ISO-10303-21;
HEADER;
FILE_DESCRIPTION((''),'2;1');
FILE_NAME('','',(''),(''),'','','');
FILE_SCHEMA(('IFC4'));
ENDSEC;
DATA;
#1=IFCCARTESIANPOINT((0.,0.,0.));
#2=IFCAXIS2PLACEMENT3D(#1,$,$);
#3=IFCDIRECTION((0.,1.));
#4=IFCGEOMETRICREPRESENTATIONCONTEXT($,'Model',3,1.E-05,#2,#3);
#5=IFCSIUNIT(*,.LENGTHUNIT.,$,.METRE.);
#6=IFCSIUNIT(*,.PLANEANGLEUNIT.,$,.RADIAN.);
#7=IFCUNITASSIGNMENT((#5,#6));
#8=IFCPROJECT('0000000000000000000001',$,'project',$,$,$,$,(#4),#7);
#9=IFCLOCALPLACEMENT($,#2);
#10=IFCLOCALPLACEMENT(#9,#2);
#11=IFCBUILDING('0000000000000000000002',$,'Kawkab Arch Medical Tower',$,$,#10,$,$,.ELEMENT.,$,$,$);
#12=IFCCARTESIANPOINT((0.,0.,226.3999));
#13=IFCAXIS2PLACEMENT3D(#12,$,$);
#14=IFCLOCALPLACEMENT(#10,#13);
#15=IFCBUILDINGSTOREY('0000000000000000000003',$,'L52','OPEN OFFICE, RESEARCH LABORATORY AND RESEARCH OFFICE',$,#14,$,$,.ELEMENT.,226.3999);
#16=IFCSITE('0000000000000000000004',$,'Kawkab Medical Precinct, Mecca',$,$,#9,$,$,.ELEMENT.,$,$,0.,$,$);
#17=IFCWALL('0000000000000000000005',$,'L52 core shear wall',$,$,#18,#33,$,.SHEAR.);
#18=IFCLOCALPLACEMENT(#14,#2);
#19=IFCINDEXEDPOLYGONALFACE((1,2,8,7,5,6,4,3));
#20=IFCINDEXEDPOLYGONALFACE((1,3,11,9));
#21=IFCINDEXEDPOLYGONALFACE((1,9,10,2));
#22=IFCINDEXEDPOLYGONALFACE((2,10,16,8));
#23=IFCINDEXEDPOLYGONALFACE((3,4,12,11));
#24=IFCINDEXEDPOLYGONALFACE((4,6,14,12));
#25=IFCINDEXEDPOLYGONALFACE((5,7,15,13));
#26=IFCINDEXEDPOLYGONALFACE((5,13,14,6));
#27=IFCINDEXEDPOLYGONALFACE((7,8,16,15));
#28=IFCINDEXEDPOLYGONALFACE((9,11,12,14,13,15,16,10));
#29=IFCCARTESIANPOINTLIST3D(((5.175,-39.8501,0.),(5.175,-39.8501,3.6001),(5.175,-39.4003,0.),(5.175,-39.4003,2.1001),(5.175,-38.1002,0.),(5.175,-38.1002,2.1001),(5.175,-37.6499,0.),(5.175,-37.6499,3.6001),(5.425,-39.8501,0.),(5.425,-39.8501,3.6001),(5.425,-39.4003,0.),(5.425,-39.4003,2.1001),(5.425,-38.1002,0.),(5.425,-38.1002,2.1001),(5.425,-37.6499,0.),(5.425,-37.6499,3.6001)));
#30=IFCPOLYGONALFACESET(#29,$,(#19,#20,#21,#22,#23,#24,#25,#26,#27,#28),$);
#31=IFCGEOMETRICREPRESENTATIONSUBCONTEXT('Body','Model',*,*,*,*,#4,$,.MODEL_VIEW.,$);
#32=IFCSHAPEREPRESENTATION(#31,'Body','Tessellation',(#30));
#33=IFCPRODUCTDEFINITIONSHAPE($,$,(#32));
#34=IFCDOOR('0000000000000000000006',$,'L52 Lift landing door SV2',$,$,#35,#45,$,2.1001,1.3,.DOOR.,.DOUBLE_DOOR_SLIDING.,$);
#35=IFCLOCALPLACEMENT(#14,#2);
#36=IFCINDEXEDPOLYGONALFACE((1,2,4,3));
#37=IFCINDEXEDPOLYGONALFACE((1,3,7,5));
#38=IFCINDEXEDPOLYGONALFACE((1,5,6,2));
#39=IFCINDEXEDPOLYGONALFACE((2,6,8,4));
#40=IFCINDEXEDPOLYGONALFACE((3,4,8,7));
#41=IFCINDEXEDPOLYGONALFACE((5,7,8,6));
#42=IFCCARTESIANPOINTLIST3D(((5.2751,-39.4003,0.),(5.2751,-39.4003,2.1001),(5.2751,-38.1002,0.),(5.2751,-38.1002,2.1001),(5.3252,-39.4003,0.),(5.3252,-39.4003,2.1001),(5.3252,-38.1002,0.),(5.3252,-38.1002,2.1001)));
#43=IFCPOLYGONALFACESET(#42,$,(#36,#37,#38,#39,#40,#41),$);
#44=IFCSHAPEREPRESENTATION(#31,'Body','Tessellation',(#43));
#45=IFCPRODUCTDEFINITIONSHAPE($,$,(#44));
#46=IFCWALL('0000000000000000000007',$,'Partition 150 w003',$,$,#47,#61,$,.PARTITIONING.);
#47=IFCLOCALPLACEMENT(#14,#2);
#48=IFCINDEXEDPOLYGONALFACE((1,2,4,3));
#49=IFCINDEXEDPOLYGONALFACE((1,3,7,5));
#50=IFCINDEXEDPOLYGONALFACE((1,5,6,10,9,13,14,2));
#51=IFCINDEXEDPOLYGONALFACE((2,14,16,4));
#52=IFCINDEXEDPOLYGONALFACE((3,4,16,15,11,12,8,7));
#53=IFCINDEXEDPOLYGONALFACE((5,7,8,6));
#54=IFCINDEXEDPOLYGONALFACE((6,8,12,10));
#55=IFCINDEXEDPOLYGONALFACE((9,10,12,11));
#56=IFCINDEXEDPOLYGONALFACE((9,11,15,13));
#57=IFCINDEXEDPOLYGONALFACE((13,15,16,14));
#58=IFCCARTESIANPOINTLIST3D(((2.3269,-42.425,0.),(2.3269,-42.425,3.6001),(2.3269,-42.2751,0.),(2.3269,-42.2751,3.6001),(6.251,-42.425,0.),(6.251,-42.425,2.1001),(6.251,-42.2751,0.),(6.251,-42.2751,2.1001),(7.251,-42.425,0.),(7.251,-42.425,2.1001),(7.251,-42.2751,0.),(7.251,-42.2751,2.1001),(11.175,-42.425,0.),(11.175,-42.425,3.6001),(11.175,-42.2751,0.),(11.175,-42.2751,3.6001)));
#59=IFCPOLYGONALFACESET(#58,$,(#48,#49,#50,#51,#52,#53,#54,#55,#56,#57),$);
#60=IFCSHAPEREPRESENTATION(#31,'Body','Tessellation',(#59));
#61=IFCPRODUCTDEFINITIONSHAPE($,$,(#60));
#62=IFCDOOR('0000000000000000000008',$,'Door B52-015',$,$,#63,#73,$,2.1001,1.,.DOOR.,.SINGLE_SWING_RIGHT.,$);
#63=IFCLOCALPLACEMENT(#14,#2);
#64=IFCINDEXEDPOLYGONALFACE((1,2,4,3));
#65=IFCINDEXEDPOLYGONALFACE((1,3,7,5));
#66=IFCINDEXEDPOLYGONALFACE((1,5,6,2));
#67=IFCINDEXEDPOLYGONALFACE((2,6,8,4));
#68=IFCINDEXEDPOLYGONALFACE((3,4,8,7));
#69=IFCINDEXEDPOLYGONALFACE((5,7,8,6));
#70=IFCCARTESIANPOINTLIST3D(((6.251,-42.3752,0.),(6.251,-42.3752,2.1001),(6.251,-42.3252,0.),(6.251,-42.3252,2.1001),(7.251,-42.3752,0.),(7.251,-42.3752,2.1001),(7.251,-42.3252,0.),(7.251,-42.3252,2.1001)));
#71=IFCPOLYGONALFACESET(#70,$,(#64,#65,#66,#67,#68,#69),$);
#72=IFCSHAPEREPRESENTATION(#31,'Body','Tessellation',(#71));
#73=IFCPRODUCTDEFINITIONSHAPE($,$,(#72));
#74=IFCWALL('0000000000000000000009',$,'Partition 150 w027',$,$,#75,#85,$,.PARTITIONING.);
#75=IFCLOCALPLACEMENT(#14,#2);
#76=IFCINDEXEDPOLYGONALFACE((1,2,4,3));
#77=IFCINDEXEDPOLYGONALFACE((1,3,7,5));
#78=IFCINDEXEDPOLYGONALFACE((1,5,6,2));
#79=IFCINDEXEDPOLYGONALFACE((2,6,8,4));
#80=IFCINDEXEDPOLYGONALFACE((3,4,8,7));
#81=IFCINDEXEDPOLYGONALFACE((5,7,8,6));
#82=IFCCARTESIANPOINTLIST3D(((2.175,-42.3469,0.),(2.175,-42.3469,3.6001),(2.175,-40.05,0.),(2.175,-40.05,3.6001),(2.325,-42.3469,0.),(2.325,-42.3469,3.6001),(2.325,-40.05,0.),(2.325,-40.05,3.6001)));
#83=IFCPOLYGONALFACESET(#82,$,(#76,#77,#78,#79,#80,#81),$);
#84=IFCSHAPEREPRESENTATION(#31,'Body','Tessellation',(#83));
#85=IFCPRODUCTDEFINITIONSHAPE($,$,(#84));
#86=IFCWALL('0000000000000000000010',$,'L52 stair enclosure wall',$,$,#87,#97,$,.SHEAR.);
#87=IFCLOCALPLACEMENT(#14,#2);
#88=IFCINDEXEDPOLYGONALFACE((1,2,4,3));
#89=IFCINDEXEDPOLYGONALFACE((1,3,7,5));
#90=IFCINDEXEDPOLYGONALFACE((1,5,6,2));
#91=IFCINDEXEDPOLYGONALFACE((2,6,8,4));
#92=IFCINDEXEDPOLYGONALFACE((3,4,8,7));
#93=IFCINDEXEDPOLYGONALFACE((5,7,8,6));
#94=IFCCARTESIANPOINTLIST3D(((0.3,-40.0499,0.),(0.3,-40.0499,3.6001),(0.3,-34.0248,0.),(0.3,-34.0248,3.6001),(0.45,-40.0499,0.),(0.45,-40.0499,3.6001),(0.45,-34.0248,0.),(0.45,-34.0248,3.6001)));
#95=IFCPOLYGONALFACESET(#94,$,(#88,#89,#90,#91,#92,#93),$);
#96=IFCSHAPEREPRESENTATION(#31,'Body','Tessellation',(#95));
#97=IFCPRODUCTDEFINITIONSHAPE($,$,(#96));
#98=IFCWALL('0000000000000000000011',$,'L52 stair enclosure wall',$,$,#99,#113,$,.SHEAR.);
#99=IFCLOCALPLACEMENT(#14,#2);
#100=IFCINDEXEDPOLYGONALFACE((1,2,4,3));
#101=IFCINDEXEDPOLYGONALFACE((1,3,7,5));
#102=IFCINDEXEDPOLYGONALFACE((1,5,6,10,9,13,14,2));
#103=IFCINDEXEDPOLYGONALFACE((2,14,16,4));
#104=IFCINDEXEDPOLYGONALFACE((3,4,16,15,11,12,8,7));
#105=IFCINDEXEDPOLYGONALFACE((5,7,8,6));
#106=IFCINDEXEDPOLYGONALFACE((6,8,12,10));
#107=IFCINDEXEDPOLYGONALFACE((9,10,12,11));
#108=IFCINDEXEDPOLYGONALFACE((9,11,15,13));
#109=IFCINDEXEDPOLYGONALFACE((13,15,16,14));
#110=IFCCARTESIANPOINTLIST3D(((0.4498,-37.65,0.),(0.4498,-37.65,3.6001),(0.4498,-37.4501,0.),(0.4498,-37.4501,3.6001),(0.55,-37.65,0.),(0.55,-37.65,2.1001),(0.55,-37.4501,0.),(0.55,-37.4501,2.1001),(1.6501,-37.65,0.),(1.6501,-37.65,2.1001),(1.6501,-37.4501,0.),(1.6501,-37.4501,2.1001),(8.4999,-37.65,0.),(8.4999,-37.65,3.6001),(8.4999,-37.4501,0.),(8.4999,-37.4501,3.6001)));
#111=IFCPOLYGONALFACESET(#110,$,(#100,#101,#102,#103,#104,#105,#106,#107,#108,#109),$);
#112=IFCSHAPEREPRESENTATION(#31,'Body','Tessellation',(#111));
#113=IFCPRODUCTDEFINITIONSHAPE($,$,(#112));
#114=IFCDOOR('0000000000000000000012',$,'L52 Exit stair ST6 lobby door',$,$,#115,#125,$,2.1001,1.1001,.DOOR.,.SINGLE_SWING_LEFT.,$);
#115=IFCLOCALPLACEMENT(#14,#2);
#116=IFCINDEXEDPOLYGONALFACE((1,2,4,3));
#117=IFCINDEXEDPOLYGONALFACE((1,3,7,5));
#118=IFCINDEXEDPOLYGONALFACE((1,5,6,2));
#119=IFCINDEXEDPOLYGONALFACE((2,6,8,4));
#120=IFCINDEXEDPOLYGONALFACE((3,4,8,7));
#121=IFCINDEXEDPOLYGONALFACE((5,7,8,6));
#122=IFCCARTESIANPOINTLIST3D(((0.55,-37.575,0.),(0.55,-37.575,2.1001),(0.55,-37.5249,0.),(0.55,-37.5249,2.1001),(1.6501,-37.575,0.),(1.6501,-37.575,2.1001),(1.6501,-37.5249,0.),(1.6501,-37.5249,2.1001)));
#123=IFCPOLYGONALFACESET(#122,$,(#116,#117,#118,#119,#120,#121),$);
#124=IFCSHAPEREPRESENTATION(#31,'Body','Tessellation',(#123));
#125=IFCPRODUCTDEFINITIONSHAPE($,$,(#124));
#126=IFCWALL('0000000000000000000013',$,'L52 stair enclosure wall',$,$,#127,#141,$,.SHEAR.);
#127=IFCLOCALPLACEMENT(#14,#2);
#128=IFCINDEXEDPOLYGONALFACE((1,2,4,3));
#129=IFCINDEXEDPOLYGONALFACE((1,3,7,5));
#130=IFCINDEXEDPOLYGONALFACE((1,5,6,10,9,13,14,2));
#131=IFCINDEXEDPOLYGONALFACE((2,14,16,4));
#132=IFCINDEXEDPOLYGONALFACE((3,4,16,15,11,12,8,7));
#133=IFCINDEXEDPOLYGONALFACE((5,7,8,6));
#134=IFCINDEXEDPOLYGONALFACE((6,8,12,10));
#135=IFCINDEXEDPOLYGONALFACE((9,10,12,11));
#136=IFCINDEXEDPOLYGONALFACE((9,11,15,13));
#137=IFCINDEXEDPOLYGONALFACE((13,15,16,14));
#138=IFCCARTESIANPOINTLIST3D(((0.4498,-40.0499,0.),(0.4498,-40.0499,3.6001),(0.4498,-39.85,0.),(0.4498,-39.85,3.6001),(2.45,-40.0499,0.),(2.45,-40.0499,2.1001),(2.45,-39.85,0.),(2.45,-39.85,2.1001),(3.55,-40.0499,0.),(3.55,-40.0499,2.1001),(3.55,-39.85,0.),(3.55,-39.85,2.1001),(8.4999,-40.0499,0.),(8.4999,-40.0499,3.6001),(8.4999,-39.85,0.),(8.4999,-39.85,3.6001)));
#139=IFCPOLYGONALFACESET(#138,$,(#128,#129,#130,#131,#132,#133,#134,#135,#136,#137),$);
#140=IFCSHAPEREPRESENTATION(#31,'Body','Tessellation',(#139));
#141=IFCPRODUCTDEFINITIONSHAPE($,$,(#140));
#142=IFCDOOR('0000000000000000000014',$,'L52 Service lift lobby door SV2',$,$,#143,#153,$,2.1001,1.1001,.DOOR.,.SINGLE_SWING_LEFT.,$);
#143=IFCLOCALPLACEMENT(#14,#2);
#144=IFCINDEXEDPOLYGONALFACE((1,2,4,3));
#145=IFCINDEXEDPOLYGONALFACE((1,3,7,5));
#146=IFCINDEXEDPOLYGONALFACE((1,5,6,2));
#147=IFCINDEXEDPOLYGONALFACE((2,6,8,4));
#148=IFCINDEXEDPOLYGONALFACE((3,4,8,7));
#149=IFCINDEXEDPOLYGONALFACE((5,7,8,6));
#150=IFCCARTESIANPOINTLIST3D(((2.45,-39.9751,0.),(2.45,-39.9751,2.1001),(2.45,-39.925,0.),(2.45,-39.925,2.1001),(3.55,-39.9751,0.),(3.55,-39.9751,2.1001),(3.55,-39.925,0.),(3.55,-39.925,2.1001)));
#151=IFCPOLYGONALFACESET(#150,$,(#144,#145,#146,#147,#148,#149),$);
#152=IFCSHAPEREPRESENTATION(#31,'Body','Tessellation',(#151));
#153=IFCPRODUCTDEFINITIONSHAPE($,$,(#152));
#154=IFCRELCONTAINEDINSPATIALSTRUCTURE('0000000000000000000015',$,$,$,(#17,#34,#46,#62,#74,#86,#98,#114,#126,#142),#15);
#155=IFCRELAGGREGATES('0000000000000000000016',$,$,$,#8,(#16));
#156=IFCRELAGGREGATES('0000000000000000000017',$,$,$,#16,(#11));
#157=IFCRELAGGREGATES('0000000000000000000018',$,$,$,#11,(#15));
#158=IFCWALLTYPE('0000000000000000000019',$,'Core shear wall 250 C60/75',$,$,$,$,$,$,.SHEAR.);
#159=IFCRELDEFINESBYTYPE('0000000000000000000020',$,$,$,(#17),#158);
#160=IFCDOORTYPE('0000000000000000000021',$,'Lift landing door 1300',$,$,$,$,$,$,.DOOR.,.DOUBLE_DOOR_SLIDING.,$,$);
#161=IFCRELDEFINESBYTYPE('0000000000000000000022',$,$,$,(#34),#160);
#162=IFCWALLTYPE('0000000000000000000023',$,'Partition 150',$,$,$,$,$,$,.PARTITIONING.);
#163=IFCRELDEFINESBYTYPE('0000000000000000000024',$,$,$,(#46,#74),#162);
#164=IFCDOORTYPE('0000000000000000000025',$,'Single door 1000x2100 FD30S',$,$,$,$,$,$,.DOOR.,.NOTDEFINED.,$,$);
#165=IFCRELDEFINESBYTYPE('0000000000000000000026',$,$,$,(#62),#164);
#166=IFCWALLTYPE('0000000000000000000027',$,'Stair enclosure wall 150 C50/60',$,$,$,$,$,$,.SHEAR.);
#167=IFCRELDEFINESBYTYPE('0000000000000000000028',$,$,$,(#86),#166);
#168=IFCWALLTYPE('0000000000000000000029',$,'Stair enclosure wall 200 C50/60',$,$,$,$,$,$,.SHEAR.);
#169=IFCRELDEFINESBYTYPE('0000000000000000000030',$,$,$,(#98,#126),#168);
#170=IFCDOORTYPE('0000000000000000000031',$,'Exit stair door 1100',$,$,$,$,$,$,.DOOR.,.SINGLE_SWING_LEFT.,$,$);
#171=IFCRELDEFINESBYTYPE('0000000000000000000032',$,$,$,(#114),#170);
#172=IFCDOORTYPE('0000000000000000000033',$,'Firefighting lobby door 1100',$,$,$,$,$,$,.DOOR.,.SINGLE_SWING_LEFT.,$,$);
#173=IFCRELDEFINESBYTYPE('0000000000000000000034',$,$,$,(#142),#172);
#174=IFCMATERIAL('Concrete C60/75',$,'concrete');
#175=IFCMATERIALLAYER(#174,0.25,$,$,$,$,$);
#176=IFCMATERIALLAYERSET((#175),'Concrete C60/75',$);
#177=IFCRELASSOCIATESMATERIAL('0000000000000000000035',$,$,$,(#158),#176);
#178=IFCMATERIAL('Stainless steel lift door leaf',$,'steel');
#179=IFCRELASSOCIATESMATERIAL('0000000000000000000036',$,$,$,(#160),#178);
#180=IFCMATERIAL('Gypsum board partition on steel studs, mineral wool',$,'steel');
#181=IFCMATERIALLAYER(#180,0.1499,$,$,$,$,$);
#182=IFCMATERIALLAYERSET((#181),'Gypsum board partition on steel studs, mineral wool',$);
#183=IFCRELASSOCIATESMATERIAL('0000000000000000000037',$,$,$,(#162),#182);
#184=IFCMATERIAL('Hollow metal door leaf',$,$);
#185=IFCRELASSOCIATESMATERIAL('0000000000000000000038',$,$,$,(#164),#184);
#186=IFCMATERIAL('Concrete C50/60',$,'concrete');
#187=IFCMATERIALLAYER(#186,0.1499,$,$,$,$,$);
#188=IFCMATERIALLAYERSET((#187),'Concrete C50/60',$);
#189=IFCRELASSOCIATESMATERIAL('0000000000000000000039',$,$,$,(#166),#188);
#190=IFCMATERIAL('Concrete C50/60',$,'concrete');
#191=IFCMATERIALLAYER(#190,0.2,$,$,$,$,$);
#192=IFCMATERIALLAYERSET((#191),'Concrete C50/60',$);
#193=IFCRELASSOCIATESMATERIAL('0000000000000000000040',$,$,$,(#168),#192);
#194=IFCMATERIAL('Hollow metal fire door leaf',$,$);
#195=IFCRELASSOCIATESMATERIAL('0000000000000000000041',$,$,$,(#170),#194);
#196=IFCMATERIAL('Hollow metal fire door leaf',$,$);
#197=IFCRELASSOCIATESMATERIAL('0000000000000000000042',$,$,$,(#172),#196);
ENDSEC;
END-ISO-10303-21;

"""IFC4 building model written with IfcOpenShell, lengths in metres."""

from ifc_helpers import new_model, si_unit, direction, frame, frame_2d, origin, place, context, subcontext, project, spatial, rectangle, extrude, material, layer, layer_set, type_object, element, fill, save


model = new_model("IFC4")

# Units and contexts
model_context = context("Model", 3, precision=1e-05, world=origin(), true_north=direction((0.0, 1.0)))
body_context = subcontext(model_context, "Body", "Model", "MODEL_VIEW")
ifc_project = project(units=[si_unit("LENGTHUNIT", "METRE"), si_unit("PLANEANGLEUNIT", "RADIAN")], contexts=[model_context])

# Site, building, storey
site_placement = place(None, origin())
site = spatial("IfcSite", under=ifc_project, at=site_placement, Name="Kawkab Medical Precinct, Mecca", CompositionType="ELEMENT", RefElevation=0.0)
building_placement = place(site_placement, origin())
building = spatial("IfcBuilding", under=site, at=building_placement, Name="Kawkab Arch Medical Tower", CompositionType="ELEMENT")
storey_placement = place(building_placement, frame((0.0, 0.0, 226.3999)))
storey = spatial("IfcBuildingStorey", under=building, at=storey_placement, Name="L52", Description="OPEN OFFICE, RESEARCH LABORATORY AND RESEARCH OFFICE", CompositionType="ELEMENT", Elevation=226.3999)

# Walls, openings, doors
ifc_material_1 = material(Name="Concrete C60/75", Category="concrete")
ifc_layer_1 = layer(ifc_material_1, 0.25)
ifc_layer_set_1 = layer_set([ifc_layer_1], Name="Concrete C60/75")
wall_type_1 = type_object("IfcWallType", Name="Core shear wall 250 C60/75", PredefinedType="SHEAR", material=ifc_layer_set_1)
wall_1_placement = place(storey_placement, frame((5.3, -39.8501, 0.0), z_axis=(0.0, 0.0, 1.0), x_axis=(0.0, 1.0, 0.0)))
wall_1 = element("IfcWall", 1, at=wall_1_placement, inside=storey, type_object=wall_type_1, Name="L52 core shear wall", PredefinedType="SHEAR", context=body_context, shape_type="SweptSolid", body=[
    extrude(rectangle(XDim=2.2002, YDim=0.25, at=frame_2d((1.1001, 0.0))), origin(), (0.0, 0.0, 1.0), 3.6001),
])
opening_1_placement = place(wall_1_placement, frame((0.45, 0.0, 0.0)))
opening_1 = element("IfcOpeningElement", 2, at=opening_1_placement, cuts=wall_1, PredefinedType="OPENING", context=body_context, shape_type="SweptSolid", body=[
    extrude(rectangle(XDim=1.3, YDim=2.1001, at=frame_2d((0.6499, 1.05))), frame((0.0, 0.135, 0.0), z_axis=(0.0, -1.0, 0.0), x_axis=(1.0, 0.0, 0.0)), (0.0, 0.0, 1.0), 0.27),
])
ifc_material_2 = material(Name="Stainless steel lift door leaf", Category="steel")
door_type_1 = type_object("IfcDoorType", Name="Lift landing door 1300", OperationType="DOUBLE_DOOR_SLIDING", PredefinedType="DOOR", material=ifc_material_2)
door_1_placement = place(opening_1_placement, origin())
door_1 = element("IfcDoor", 3, at=door_1_placement, inside=storey, type_object=door_type_1, Name="L52 Lift landing door SV2", OperationType="DOUBLE_DOOR_SLIDING", OverallHeight=2.1001, OverallWidth=1.3, PredefinedType="DOOR", context=body_context, shape_type="SweptSolid", body=[
    extrude(rectangle(XDim=1.3, YDim=2.1001, at=frame_2d((0.6499, 1.05))), frame((0.0, 0.0249, 0.0), z_axis=(0.0, -1.0, 0.0), x_axis=(1.0, 0.0, 0.0)), (0.0, 0.0, 1.0), 0.05),
])
fill(opening_1, door_1)
ifc_material_3 = material(Name="Gypsum board partition on steel studs, mineral wool", Category="steel")
ifc_layer_2 = layer(ifc_material_3, 0.1499)
ifc_layer_set_2 = layer_set([ifc_layer_2], Name="Gypsum board partition on steel studs, mineral wool")
wall_type_2 = type_object("IfcWallType", Name="Partition 150", PredefinedType="PARTITIONING", material=ifc_layer_set_2)
wall_2_placement = place(storey_placement, frame((2.3269, -42.3501, 0.0), z_axis=(0.0, 0.0, 1.0), x_axis=(1.0, 0.0, 0.0)))
wall_2 = element("IfcWall", 4, at=wall_2_placement, inside=storey, type_object=wall_type_2, Name="Partition 150 w003", PredefinedType="PARTITIONING", context=body_context, shape_type="SweptSolid", body=[
    extrude(rectangle(XDim=8.8481, YDim=0.1499, at=frame_2d((4.4241, 0.0))), origin(), (0.0, 0.0, 1.0), 3.6001),
])
opening_2_placement = place(wall_2_placement, frame((3.9241, 0.0, 0.0)))
opening_2 = element("IfcOpeningElement", 5, at=opening_2_placement, cuts=wall_2, PredefinedType="OPENING", context=body_context, shape_type="SweptSolid", body=[
    extrude(rectangle(XDim=1.0, YDim=2.1001, at=frame_2d((0.5, 1.05))), frame((0.0, 0.085, 0.0), z_axis=(0.0, -1.0, 0.0), x_axis=(1.0, 0.0, 0.0)), (0.0, 0.0, 1.0), 0.1699),
])
ifc_material_4 = material(Name="Hollow metal door leaf")
door_type_2 = type_object("IfcDoorType", Name="Single door 1000x2100 FD30S", OperationType="NOTDEFINED", PredefinedType="DOOR", material=ifc_material_4)
door_2_placement = place(opening_2_placement, origin())
door_2 = element("IfcDoor", 6, at=door_2_placement, inside=storey, type_object=door_type_2, Name="Door B52-015", OperationType="SINGLE_SWING_RIGHT", OverallHeight=2.1001, OverallWidth=1.0, PredefinedType="DOOR", context=body_context, shape_type="SweptSolid", body=[
    extrude(rectangle(XDim=1.0, YDim=2.1001, at=frame_2d((0.5, 1.05))), frame((0.0, 0.0249, 0.0), z_axis=(0.0, -1.0, 0.0), x_axis=(1.0, 0.0, 0.0)), (0.0, 0.0, 1.0), 0.05),
])
fill(opening_2, door_2)

# Walls
wall_3_placement = place(storey_placement, frame((2.25, -42.3469, 0.0), z_axis=(0.0, 0.0, 1.0), x_axis=(0.0, 1.0, 0.0)))
element("IfcWall", 7, at=wall_3_placement, inside=storey, type_object=wall_type_2, Name="Partition 150 w027", PredefinedType="PARTITIONING", context=body_context, shape_type="SweptSolid", body=[
    extrude(rectangle(XDim=2.2969, YDim=0.1499, at=frame_2d((1.1484, 0.0))), origin(), (0.0, 0.0, 1.0), 3.6001),
])
ifc_material_5 = material(Name="Concrete C50/60", Category="concrete")
ifc_layer_3 = layer(ifc_material_5, 0.1499)
ifc_layer_set_3 = layer_set([ifc_layer_3], Name="Concrete C50/60")
wall_type_3 = type_object("IfcWallType", Name="Stair enclosure wall 150 C50/60", PredefinedType="SHEAR", material=ifc_layer_set_3)
wall_4_placement = place(storey_placement, frame((0.375, -40.05, 0.0), z_axis=(0.0, 0.0, 1.0), x_axis=(0.0, 1.0, 0.0)))
element("IfcWall", 8, at=wall_4_placement, inside=storey, type_object=wall_type_3, Name="L52 stair enclosure wall", PredefinedType="SHEAR", context=body_context, shape_type="SweptSolid", body=[
    extrude(rectangle(XDim=6.0251, YDim=0.1499, at=frame_2d((3.0127, 0.0))), origin(), (0.0, 0.0, 1.0), 3.6001),
])

# Walls, openings, doors
ifc_material_6 = material(Name="Concrete C50/60", Category="concrete")
ifc_layer_4 = layer(ifc_material_6, 0.2)
ifc_layer_set_4 = layer_set([ifc_layer_4], Name="Concrete C50/60")
wall_type_4 = type_object("IfcWallType", Name="Stair enclosure wall 200 C50/60", PredefinedType="SHEAR", material=ifc_layer_set_4)
wall_5_placement = place(storey_placement, frame((0.45, -37.55, 0.0), z_axis=(0.0, 0.0, 1.0), x_axis=(1.0, 0.0, 0.0)))
wall_5 = element("IfcWall", 9, at=wall_5_placement, inside=storey, type_object=wall_type_4, Name="L52 stair enclosure wall", PredefinedType="SHEAR", context=body_context, shape_type="SweptSolid", body=[
    extrude(rectangle(XDim=8.05, YDim=0.2, at=frame_2d((4.0249, 0.0))), origin(), (0.0, 0.0, 1.0), 3.6001),
])
opening_3_placement = place(wall_5_placement, frame((0.1001, 0.0, 0.0)))
opening_3 = element("IfcOpeningElement", 10, at=opening_3_placement, cuts=wall_5, PredefinedType="OPENING", context=body_context, shape_type="SweptSolid", body=[
    extrude(rectangle(XDim=1.1001, YDim=2.1001, at=frame_2d((0.55, 1.05))), frame((0.0, 0.1099, 0.0), z_axis=(0.0, -1.0, 0.0), x_axis=(1.0, 0.0, 0.0)), (0.0, 0.0, 1.0), 0.22),
])
ifc_material_7 = material(Name="Hollow metal fire door leaf")
door_type_3 = type_object("IfcDoorType", Name="Exit stair door 1100", OperationType="SINGLE_SWING_LEFT", PredefinedType="DOOR", material=ifc_material_7)
door_3_placement = place(opening_3_placement, frame((1.1001, 0.0, 0.0), z_axis=(0.0, 0.0, 1.0), x_axis=(-1.0, 0.0, 0.0)))
door_3 = element("IfcDoor", 11, at=door_3_placement, inside=storey, type_object=door_type_3, Name="L52 Exit stair ST6 lobby door", OperationType="SINGLE_SWING_LEFT", OverallHeight=2.1001, OverallWidth=1.1001, PredefinedType="DOOR", context=body_context, shape_type="SweptSolid", body=[
    extrude(rectangle(XDim=1.1001, YDim=2.1001, at=frame_2d((0.55, 1.05))), frame((0.0, 0.0249, 0.0), z_axis=(0.0, -1.0, 0.0), x_axis=(1.0, 0.0, 0.0)), (0.0, 0.0, 1.0), 0.05),
])
fill(opening_3, door_3)
wall_6_placement = place(storey_placement, frame((0.45, -39.95, 0.0), z_axis=(0.0, 0.0, 1.0), x_axis=(1.0, 0.0, 0.0)))
wall_6 = element("IfcWall", 12, at=wall_6_placement, inside=storey, type_object=wall_type_4, Name="L52 stair enclosure wall", PredefinedType="SHEAR", context=body_context, shape_type="SweptSolid", body=[
    extrude(rectangle(XDim=8.05, YDim=0.2, at=frame_2d((4.0249, 0.0))), origin(), (0.0, 0.0, 1.0), 3.6001),
])
opening_4_placement = place(wall_6_placement, frame((2.0, 0.0, 0.0)))
opening_4 = element("IfcOpeningElement", 13, at=opening_4_placement, cuts=wall_6, PredefinedType="OPENING", context=body_context, shape_type="SweptSolid", body=[
    extrude(rectangle(XDim=1.1001, YDim=2.1001, at=frame_2d((0.55, 1.05))), frame((0.0, 0.1099, 0.0), z_axis=(0.0, -1.0, 0.0), x_axis=(1.0, 0.0, 0.0)), (0.0, 0.0, 1.0), 0.22),
])
ifc_material_8 = material(Name="Hollow metal fire door leaf")
door_type_4 = type_object("IfcDoorType", Name="Firefighting lobby door 1100", OperationType="SINGLE_SWING_LEFT", PredefinedType="DOOR", material=ifc_material_8)
door_4_placement = place(opening_4_placement, origin())
door_4 = element("IfcDoor", 14, at=door_4_placement, inside=storey, type_object=door_type_4, Name="L52 Service lift lobby door SV2", OperationType="SINGLE_SWING_LEFT", OverallHeight=2.1001, OverallWidth=1.1001, PredefinedType="DOOR", context=body_context, shape_type="SweptSolid", body=[
    extrude(rectangle(XDim=1.1001, YDim=2.1001, at=frame_2d((0.55, 1.05))), frame((0.0, 0.0249, 0.0), z_axis=(0.0, -1.0, 0.0), x_axis=(1.0, 0.0, 0.0)), (0.0, 0.0, 1.0), 0.05),
])
fill(opening_4, door_4)

save(model, "model.ifc")
